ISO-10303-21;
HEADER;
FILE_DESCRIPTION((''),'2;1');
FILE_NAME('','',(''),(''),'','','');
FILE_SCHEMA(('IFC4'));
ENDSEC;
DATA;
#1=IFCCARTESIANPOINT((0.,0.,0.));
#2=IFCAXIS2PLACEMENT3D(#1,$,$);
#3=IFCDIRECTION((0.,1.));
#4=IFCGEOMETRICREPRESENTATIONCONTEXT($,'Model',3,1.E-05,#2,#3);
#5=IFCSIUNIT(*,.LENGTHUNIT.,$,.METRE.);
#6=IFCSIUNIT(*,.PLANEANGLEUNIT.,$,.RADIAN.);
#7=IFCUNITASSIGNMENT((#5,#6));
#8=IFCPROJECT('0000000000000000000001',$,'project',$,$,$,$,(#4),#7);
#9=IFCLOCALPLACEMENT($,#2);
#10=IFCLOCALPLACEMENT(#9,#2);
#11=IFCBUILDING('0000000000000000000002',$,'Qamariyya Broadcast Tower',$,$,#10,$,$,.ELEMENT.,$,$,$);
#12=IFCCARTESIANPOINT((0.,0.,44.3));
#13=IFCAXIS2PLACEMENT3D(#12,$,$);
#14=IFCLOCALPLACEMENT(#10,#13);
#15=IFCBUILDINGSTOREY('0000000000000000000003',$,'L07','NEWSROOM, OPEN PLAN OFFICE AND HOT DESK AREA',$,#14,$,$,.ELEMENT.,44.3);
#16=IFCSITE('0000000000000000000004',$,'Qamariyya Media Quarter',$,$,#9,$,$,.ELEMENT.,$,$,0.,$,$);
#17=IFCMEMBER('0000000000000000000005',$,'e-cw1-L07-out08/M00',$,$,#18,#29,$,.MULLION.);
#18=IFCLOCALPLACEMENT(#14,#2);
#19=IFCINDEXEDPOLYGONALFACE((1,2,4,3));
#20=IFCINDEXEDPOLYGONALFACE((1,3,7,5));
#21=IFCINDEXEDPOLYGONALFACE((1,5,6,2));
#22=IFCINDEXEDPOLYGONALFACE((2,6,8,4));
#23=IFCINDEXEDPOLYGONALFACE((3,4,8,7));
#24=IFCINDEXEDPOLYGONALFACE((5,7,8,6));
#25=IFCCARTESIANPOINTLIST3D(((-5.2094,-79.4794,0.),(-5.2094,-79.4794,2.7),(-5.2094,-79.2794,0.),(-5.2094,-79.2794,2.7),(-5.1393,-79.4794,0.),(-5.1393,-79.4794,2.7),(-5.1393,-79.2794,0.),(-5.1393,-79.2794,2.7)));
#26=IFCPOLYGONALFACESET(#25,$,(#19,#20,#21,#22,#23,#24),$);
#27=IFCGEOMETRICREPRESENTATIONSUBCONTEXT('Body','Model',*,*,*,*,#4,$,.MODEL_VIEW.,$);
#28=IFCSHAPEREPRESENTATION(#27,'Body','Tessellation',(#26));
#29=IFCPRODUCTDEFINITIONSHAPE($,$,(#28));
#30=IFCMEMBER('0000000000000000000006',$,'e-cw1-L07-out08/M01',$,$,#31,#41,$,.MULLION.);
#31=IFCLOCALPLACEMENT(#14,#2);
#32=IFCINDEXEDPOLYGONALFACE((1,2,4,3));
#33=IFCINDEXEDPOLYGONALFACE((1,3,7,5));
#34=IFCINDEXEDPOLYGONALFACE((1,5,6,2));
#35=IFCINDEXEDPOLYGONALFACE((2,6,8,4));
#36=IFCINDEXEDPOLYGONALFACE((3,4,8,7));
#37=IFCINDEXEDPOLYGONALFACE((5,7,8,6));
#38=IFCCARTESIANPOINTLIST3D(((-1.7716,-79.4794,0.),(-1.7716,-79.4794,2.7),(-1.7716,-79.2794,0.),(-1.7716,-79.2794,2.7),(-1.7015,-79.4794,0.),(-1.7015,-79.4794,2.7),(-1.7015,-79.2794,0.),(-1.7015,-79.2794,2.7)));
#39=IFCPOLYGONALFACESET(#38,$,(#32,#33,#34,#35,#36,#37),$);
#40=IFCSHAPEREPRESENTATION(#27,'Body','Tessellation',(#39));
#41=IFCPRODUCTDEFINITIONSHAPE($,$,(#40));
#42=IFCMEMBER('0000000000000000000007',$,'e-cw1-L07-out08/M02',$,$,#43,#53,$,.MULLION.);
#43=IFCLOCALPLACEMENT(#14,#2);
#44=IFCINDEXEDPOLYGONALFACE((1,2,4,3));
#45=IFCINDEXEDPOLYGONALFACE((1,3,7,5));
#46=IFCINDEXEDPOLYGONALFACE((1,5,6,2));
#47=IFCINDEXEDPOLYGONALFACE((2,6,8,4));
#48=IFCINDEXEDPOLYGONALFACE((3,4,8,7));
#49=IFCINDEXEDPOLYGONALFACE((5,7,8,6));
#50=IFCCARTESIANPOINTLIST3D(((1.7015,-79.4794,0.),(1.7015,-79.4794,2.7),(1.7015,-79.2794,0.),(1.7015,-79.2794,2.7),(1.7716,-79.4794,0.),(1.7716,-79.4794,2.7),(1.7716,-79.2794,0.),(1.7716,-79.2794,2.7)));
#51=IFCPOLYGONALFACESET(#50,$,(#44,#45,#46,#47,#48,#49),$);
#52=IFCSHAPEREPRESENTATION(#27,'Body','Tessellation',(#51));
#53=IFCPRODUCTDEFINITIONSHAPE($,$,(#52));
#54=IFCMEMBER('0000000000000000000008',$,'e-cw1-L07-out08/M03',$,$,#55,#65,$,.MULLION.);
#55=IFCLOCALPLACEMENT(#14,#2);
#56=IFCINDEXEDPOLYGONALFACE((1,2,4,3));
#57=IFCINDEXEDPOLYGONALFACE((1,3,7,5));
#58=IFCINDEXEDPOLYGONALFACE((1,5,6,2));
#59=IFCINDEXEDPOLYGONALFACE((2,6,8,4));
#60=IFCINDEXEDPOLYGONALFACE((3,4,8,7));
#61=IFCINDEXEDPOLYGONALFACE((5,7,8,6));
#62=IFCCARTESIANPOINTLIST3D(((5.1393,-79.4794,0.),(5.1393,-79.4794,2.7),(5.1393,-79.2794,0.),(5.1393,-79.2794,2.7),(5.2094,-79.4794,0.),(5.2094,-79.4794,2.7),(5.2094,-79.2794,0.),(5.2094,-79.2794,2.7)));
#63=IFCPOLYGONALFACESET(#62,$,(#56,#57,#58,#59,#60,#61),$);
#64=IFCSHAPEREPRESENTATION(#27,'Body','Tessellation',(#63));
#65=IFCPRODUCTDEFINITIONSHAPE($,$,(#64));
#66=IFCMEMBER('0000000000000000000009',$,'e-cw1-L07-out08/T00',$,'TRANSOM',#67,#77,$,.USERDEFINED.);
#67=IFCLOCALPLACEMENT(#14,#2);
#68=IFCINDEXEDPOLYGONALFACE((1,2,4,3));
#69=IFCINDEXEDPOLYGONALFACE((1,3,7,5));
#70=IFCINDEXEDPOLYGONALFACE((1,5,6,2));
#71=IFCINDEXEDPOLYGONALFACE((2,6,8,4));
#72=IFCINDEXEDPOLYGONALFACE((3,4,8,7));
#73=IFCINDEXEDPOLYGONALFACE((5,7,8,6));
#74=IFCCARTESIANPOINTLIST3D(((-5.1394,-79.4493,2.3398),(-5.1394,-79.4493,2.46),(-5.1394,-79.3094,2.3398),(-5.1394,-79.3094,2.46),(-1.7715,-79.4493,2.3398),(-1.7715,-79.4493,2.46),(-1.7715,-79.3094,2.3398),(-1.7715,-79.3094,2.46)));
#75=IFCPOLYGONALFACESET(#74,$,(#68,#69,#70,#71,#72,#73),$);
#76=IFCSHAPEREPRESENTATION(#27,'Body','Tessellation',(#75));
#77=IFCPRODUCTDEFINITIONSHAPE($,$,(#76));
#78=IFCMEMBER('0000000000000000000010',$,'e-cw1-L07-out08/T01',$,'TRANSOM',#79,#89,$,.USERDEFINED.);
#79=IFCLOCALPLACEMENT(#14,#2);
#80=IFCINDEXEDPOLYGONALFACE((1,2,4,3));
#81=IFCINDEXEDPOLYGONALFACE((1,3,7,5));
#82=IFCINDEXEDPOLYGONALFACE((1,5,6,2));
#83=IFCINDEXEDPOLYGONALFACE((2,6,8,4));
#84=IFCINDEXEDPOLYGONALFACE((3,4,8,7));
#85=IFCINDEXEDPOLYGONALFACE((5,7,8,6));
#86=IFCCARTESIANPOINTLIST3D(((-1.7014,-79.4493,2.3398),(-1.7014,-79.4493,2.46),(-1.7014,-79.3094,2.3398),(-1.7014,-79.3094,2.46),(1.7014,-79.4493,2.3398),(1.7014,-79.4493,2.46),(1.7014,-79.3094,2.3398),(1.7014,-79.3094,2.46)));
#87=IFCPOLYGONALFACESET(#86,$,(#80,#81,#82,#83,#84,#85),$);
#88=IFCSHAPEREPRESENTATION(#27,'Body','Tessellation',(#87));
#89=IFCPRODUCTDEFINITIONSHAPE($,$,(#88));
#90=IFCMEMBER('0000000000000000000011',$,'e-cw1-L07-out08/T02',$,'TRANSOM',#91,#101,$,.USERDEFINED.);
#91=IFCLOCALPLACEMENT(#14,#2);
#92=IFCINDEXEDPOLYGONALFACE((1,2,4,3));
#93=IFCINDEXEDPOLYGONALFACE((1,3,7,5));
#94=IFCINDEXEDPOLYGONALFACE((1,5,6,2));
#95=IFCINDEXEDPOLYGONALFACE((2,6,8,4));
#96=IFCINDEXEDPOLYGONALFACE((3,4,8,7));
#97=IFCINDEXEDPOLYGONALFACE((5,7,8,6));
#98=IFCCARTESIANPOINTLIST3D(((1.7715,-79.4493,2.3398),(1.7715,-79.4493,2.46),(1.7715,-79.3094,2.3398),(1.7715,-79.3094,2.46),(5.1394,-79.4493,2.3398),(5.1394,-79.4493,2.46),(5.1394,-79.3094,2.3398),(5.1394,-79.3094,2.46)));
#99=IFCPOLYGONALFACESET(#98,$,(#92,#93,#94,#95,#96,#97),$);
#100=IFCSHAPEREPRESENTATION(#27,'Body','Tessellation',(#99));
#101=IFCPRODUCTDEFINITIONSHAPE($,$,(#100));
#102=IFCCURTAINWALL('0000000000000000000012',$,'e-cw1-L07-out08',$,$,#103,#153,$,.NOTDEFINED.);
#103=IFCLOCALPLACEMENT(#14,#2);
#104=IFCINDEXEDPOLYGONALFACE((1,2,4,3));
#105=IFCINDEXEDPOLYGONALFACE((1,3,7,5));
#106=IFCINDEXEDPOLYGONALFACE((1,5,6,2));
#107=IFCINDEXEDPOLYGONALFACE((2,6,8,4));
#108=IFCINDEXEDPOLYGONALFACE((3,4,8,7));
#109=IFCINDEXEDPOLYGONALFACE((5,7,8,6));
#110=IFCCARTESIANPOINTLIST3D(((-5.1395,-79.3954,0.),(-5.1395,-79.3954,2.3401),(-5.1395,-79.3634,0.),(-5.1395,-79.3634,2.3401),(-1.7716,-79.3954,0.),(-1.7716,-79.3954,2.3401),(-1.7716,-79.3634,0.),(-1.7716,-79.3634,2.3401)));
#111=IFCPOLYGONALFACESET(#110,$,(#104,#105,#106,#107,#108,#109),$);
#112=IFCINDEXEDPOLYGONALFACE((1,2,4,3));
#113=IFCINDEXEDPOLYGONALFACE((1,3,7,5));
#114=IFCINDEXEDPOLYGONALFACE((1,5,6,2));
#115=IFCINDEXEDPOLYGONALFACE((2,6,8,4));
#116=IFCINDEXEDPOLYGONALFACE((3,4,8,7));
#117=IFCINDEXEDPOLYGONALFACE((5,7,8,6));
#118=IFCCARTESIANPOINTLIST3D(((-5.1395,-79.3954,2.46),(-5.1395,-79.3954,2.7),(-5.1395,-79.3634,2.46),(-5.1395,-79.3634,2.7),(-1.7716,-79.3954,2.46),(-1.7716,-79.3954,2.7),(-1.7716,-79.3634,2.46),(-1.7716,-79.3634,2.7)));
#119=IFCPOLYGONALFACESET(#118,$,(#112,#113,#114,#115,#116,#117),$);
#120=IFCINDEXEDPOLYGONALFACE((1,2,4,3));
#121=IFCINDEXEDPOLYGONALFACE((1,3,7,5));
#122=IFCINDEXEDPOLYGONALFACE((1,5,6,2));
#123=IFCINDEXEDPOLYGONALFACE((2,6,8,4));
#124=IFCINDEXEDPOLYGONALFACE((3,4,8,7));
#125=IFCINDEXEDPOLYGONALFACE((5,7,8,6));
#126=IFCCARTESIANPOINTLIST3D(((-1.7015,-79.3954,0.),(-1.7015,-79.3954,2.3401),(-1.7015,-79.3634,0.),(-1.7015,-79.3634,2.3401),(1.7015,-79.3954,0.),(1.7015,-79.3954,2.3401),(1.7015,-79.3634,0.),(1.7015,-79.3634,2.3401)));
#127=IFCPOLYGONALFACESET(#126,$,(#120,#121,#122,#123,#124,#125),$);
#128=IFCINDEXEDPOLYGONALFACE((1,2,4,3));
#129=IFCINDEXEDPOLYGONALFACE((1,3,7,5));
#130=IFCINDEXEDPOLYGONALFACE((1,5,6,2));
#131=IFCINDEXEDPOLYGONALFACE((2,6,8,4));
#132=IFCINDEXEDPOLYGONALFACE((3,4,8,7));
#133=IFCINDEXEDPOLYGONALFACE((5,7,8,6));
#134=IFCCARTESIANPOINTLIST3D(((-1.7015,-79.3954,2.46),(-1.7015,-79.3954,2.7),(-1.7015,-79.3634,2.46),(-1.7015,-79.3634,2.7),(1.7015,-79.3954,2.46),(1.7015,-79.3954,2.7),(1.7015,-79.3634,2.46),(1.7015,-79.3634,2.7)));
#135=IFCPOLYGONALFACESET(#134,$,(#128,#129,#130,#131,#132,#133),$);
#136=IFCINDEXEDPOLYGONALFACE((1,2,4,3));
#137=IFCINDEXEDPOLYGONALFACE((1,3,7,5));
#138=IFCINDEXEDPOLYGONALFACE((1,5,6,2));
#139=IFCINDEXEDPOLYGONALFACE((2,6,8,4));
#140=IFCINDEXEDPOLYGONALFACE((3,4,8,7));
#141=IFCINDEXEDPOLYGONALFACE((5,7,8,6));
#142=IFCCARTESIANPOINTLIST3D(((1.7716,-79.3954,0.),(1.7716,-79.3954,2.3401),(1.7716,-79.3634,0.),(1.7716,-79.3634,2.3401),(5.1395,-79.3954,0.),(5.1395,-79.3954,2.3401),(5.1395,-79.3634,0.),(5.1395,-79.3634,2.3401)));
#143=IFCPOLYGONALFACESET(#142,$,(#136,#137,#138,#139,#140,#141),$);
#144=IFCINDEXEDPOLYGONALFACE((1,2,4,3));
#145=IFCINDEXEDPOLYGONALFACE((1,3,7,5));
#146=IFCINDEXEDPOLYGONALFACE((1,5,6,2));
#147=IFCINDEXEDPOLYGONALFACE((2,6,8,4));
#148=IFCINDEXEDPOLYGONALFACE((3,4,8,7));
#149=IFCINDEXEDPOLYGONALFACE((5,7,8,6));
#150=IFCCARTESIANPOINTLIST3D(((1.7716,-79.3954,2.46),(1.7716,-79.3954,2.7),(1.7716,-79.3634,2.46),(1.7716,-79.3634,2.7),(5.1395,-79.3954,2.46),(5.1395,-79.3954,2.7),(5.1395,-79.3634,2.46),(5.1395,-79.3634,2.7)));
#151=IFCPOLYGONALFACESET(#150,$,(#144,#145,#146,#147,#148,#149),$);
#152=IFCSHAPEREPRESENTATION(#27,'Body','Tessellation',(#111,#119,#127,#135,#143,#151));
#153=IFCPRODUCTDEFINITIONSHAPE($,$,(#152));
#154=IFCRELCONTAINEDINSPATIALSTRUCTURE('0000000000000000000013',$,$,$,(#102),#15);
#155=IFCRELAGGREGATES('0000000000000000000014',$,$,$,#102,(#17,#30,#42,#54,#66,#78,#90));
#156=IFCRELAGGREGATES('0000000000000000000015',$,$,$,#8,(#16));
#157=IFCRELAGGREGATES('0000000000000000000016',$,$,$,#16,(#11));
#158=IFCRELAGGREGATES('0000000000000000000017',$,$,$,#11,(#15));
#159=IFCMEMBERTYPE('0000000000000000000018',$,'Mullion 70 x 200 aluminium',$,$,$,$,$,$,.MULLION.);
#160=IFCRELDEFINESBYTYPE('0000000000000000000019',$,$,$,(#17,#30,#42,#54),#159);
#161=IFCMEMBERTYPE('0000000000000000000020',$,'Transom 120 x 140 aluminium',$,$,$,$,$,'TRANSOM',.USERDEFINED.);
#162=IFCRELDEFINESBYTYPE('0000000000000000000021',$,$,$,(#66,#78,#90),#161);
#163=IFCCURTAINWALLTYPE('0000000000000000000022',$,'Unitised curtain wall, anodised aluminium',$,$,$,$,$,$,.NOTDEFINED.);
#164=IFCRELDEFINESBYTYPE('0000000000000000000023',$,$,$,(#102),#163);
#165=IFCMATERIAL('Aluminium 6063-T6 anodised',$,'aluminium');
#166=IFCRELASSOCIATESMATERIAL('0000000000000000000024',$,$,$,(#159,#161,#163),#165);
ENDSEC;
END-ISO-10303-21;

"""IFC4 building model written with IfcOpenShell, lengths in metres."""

from ifc_helpers import new_model, si_unit, direction, frame, origin, origin_2d, place, context, subcontext, project, spatial, rectangle, extrude, material, material_profile, profile_set, type_object, element, aggregate, save


model = new_model("IFC4")

# Units and contexts
model_context = context("Model", 3, precision=1e-05, world=origin(), true_north=direction((0.0, 1.0)))
body_context = subcontext(model_context, "Body", "Model", "MODEL_VIEW")
ifc_project = project(units=[si_unit("LENGTHUNIT", "METRE"), si_unit("PLANEANGLEUNIT", "RADIAN")], contexts=[model_context])

# Members
ifc_material = material(Name="Aluminium 6063-T6 anodised", Category="aluminium")
ifc_material_profile_1 = material_profile(ifc_material, rectangle(XDim=0.2, YDim=0.0701, at=origin_2d()))
ifc_profile_set_1 = profile_set([ifc_material_profile_1], Name="Aluminium 6063-T6 anodised")
member_type_1 = type_object("IfcMemberType", Name="Mullion 70 x 200 aluminium", PredefinedType="MULLION", material=ifc_profile_set_1)
site_placement = place(None, origin())
building_placement = place(site_placement, origin())
storey_placement = place(building_placement, frame((0.0, 0.0, 44.3)))
member_1_placement = place(storey_placement, frame((-5.1743, -79.3794, 0.0), z_axis=(0.0, 0.0, 1.0), x_axis=(0.0, 1.0, 0.0)))
member_1 = element("IfcMember", 1, at=member_1_placement, type_object=member_type_1, Name="e-cw1-L07-out08/M00", PredefinedType="MULLION", context=body_context, shape_type="SweptSolid", body=[
    extrude(rectangle(XDim=0.2, YDim=0.0701, at=origin_2d()), origin(), (0.0, 0.0, 1.0), 2.7),
])
member_2_placement = place(storey_placement, frame((-1.7366, -79.3794, 0.0), z_axis=(0.0, 0.0, 1.0), x_axis=(0.0, 1.0, 0.0)))
member_2 = element("IfcMember", 2, at=member_2_placement, type_object=member_type_1, Name="e-cw1-L07-out08/M01", PredefinedType="MULLION", context=body_context, shape_type="SweptSolid", body=[
    extrude(rectangle(XDim=0.2, YDim=0.0701, at=origin_2d()), origin(), (0.0, 0.0, 1.0), 2.7),
])
member_3_placement = place(storey_placement, frame((1.7366, -79.3794, 0.0), z_axis=(0.0, 0.0, 1.0), x_axis=(0.0, 1.0, 0.0)))
member_3 = element("IfcMember", 3, at=member_3_placement, type_object=member_type_1, Name="e-cw1-L07-out08/M02", PredefinedType="MULLION", context=body_context, shape_type="SweptSolid", body=[
    extrude(rectangle(XDim=0.2, YDim=0.0701, at=origin_2d()), origin(), (0.0, 0.0, 1.0), 2.7),
])
member_4_placement = place(storey_placement, frame((5.1743, -79.3794, 0.0), z_axis=(0.0, 0.0, 1.0), x_axis=(0.0, 1.0, 0.0)))
member_4 = element("IfcMember", 4, at=member_4_placement, type_object=member_type_1, Name="e-cw1-L07-out08/M03", PredefinedType="MULLION", context=body_context, shape_type="SweptSolid", body=[
    extrude(rectangle(XDim=0.2, YDim=0.0701, at=origin_2d()), origin(), (0.0, 0.0, 1.0), 2.7),
])
ifc_material_profile_2 = material_profile(ifc_material, rectangle(XDim=0.1399, YDim=0.1201, at=origin_2d()))
ifc_profile_set_2 = profile_set([ifc_material_profile_2], Name="Aluminium 6063-T6 anodised")
member_type_2 = type_object("IfcMemberType", Name="Transom 120 x 140 aluminium", ElementType="TRANSOM", PredefinedType="USERDEFINED", material=ifc_profile_set_2)
member_5_placement = place(storey_placement, frame((-5.1394, -79.3794, 2.3999), z_axis=(1.0, 0.0, 0.0), x_axis=(0.0, 1.0, 0.0)))
member_5 = element("IfcMember", 5, at=member_5_placement, type_object=member_type_2, Name="e-cw1-L07-out08/T00", ObjectType="TRANSOM", PredefinedType="USERDEFINED", context=body_context, shape_type="SweptSolid", body=[
    extrude(rectangle(XDim=0.1399, YDim=0.1201, at=origin_2d()), origin(), (0.0, 0.0, 1.0), 3.3679),
])
member_6_placement = place(storey_placement, frame((-1.7014, -79.3794, 2.3999), z_axis=(1.0, 0.0, 0.0), x_axis=(0.0, 1.0, 0.0)))
member_6 = element("IfcMember", 6, at=member_6_placement, type_object=member_type_2, Name="e-cw1-L07-out08/T01", ObjectType="TRANSOM", PredefinedType="USERDEFINED", context=body_context, shape_type="SweptSolid", body=[
    extrude(rectangle(XDim=0.1399, YDim=0.1201, at=origin_2d()), origin(), (0.0, 0.0, 1.0), 3.4028),
])
member_7_placement = place(storey_placement, frame((1.7715, -79.3794, 2.3999), z_axis=(1.0, 0.0, 0.0), x_axis=(0.0, 1.0, 0.0)))
member_7 = element("IfcMember", 7, at=member_7_placement, type_object=member_type_2, Name="e-cw1-L07-out08/T02", ObjectType="TRANSOM", PredefinedType="USERDEFINED", context=body_context, shape_type="SweptSolid", body=[
    extrude(rectangle(XDim=0.1399, YDim=0.1201, at=origin_2d()), origin(), (0.0, 0.0, 1.0), 3.3679),
])

# Site, building, storey
site = spatial("IfcSite", under=ifc_project, at=site_placement, Name="Qamariyya Media Quarter", CompositionType="ELEMENT", RefElevation=0.0)
building = spatial("IfcBuilding", under=site, at=building_placement, Name="Qamariyya Broadcast Tower", CompositionType="ELEMENT")
storey = spatial("IfcBuildingStorey", under=building, at=storey_placement, Name="L07", Description="NEWSROOM, OPEN PLAN OFFICE AND HOT DESK AREA", CompositionType="ELEMENT", Elevation=44.3)

# Curtain wall
curtain_wall_type = type_object("IfcCurtainWallType", Name="Unitised curtain wall, anodised aluminium", PredefinedType="NOTDEFINED", material=ifc_material)
curtain_wall_1_placement = place(storey_placement, origin())
curtain_wall_1 = element("IfcCurtainWall", 8, at=curtain_wall_1_placement, inside=storey, type_object=curtain_wall_type, Name="e-cw1-L07-out08", PredefinedType="NOTDEFINED", context=body_context, shape_type="SweptSolid", body=[
    extrude(rectangle(XDim=3.3679, YDim=0.032, at=origin_2d()), frame((-3.4556, -79.3794, 0.0), x_axis=(1.0, 0.0, 0.0)), (0.0, 0.0, 1.0), 2.3401),
    extrude(rectangle(XDim=3.3679, YDim=0.032, at=origin_2d()), frame((-3.4556, -79.3794, 2.46), x_axis=(1.0, 0.0, 0.0)), (0.0, 0.0, 1.0), 0.24),
    extrude(rectangle(XDim=3.4031, YDim=0.032, at=origin_2d()), frame((0.0, -79.3794, 0.0), x_axis=(1.0, 0.0, 0.0)), (0.0, 0.0, 1.0), 2.3401),
    extrude(rectangle(XDim=3.4031, YDim=0.032, at=origin_2d()), frame((0.0, -79.3794, 2.46), x_axis=(1.0, 0.0, 0.0)), (0.0, 0.0, 1.0), 0.24),
    extrude(rectangle(XDim=3.3679, YDim=0.032, at=origin_2d()), frame((3.4556, -79.3794, 0.0), x_axis=(1.0, 0.0, 0.0)), (0.0, 0.0, 1.0), 2.3401),
    extrude(rectangle(XDim=3.3679, YDim=0.032, at=origin_2d()), frame((3.4556, -79.3794, 2.46), x_axis=(1.0, 0.0, 0.0)), (0.0, 0.0, 1.0), 0.24),
])
aggregate(curtain_wall_1, [member_1, member_2, member_3, member_4, member_5, member_6, member_7])

save(model, "model.ifc")
